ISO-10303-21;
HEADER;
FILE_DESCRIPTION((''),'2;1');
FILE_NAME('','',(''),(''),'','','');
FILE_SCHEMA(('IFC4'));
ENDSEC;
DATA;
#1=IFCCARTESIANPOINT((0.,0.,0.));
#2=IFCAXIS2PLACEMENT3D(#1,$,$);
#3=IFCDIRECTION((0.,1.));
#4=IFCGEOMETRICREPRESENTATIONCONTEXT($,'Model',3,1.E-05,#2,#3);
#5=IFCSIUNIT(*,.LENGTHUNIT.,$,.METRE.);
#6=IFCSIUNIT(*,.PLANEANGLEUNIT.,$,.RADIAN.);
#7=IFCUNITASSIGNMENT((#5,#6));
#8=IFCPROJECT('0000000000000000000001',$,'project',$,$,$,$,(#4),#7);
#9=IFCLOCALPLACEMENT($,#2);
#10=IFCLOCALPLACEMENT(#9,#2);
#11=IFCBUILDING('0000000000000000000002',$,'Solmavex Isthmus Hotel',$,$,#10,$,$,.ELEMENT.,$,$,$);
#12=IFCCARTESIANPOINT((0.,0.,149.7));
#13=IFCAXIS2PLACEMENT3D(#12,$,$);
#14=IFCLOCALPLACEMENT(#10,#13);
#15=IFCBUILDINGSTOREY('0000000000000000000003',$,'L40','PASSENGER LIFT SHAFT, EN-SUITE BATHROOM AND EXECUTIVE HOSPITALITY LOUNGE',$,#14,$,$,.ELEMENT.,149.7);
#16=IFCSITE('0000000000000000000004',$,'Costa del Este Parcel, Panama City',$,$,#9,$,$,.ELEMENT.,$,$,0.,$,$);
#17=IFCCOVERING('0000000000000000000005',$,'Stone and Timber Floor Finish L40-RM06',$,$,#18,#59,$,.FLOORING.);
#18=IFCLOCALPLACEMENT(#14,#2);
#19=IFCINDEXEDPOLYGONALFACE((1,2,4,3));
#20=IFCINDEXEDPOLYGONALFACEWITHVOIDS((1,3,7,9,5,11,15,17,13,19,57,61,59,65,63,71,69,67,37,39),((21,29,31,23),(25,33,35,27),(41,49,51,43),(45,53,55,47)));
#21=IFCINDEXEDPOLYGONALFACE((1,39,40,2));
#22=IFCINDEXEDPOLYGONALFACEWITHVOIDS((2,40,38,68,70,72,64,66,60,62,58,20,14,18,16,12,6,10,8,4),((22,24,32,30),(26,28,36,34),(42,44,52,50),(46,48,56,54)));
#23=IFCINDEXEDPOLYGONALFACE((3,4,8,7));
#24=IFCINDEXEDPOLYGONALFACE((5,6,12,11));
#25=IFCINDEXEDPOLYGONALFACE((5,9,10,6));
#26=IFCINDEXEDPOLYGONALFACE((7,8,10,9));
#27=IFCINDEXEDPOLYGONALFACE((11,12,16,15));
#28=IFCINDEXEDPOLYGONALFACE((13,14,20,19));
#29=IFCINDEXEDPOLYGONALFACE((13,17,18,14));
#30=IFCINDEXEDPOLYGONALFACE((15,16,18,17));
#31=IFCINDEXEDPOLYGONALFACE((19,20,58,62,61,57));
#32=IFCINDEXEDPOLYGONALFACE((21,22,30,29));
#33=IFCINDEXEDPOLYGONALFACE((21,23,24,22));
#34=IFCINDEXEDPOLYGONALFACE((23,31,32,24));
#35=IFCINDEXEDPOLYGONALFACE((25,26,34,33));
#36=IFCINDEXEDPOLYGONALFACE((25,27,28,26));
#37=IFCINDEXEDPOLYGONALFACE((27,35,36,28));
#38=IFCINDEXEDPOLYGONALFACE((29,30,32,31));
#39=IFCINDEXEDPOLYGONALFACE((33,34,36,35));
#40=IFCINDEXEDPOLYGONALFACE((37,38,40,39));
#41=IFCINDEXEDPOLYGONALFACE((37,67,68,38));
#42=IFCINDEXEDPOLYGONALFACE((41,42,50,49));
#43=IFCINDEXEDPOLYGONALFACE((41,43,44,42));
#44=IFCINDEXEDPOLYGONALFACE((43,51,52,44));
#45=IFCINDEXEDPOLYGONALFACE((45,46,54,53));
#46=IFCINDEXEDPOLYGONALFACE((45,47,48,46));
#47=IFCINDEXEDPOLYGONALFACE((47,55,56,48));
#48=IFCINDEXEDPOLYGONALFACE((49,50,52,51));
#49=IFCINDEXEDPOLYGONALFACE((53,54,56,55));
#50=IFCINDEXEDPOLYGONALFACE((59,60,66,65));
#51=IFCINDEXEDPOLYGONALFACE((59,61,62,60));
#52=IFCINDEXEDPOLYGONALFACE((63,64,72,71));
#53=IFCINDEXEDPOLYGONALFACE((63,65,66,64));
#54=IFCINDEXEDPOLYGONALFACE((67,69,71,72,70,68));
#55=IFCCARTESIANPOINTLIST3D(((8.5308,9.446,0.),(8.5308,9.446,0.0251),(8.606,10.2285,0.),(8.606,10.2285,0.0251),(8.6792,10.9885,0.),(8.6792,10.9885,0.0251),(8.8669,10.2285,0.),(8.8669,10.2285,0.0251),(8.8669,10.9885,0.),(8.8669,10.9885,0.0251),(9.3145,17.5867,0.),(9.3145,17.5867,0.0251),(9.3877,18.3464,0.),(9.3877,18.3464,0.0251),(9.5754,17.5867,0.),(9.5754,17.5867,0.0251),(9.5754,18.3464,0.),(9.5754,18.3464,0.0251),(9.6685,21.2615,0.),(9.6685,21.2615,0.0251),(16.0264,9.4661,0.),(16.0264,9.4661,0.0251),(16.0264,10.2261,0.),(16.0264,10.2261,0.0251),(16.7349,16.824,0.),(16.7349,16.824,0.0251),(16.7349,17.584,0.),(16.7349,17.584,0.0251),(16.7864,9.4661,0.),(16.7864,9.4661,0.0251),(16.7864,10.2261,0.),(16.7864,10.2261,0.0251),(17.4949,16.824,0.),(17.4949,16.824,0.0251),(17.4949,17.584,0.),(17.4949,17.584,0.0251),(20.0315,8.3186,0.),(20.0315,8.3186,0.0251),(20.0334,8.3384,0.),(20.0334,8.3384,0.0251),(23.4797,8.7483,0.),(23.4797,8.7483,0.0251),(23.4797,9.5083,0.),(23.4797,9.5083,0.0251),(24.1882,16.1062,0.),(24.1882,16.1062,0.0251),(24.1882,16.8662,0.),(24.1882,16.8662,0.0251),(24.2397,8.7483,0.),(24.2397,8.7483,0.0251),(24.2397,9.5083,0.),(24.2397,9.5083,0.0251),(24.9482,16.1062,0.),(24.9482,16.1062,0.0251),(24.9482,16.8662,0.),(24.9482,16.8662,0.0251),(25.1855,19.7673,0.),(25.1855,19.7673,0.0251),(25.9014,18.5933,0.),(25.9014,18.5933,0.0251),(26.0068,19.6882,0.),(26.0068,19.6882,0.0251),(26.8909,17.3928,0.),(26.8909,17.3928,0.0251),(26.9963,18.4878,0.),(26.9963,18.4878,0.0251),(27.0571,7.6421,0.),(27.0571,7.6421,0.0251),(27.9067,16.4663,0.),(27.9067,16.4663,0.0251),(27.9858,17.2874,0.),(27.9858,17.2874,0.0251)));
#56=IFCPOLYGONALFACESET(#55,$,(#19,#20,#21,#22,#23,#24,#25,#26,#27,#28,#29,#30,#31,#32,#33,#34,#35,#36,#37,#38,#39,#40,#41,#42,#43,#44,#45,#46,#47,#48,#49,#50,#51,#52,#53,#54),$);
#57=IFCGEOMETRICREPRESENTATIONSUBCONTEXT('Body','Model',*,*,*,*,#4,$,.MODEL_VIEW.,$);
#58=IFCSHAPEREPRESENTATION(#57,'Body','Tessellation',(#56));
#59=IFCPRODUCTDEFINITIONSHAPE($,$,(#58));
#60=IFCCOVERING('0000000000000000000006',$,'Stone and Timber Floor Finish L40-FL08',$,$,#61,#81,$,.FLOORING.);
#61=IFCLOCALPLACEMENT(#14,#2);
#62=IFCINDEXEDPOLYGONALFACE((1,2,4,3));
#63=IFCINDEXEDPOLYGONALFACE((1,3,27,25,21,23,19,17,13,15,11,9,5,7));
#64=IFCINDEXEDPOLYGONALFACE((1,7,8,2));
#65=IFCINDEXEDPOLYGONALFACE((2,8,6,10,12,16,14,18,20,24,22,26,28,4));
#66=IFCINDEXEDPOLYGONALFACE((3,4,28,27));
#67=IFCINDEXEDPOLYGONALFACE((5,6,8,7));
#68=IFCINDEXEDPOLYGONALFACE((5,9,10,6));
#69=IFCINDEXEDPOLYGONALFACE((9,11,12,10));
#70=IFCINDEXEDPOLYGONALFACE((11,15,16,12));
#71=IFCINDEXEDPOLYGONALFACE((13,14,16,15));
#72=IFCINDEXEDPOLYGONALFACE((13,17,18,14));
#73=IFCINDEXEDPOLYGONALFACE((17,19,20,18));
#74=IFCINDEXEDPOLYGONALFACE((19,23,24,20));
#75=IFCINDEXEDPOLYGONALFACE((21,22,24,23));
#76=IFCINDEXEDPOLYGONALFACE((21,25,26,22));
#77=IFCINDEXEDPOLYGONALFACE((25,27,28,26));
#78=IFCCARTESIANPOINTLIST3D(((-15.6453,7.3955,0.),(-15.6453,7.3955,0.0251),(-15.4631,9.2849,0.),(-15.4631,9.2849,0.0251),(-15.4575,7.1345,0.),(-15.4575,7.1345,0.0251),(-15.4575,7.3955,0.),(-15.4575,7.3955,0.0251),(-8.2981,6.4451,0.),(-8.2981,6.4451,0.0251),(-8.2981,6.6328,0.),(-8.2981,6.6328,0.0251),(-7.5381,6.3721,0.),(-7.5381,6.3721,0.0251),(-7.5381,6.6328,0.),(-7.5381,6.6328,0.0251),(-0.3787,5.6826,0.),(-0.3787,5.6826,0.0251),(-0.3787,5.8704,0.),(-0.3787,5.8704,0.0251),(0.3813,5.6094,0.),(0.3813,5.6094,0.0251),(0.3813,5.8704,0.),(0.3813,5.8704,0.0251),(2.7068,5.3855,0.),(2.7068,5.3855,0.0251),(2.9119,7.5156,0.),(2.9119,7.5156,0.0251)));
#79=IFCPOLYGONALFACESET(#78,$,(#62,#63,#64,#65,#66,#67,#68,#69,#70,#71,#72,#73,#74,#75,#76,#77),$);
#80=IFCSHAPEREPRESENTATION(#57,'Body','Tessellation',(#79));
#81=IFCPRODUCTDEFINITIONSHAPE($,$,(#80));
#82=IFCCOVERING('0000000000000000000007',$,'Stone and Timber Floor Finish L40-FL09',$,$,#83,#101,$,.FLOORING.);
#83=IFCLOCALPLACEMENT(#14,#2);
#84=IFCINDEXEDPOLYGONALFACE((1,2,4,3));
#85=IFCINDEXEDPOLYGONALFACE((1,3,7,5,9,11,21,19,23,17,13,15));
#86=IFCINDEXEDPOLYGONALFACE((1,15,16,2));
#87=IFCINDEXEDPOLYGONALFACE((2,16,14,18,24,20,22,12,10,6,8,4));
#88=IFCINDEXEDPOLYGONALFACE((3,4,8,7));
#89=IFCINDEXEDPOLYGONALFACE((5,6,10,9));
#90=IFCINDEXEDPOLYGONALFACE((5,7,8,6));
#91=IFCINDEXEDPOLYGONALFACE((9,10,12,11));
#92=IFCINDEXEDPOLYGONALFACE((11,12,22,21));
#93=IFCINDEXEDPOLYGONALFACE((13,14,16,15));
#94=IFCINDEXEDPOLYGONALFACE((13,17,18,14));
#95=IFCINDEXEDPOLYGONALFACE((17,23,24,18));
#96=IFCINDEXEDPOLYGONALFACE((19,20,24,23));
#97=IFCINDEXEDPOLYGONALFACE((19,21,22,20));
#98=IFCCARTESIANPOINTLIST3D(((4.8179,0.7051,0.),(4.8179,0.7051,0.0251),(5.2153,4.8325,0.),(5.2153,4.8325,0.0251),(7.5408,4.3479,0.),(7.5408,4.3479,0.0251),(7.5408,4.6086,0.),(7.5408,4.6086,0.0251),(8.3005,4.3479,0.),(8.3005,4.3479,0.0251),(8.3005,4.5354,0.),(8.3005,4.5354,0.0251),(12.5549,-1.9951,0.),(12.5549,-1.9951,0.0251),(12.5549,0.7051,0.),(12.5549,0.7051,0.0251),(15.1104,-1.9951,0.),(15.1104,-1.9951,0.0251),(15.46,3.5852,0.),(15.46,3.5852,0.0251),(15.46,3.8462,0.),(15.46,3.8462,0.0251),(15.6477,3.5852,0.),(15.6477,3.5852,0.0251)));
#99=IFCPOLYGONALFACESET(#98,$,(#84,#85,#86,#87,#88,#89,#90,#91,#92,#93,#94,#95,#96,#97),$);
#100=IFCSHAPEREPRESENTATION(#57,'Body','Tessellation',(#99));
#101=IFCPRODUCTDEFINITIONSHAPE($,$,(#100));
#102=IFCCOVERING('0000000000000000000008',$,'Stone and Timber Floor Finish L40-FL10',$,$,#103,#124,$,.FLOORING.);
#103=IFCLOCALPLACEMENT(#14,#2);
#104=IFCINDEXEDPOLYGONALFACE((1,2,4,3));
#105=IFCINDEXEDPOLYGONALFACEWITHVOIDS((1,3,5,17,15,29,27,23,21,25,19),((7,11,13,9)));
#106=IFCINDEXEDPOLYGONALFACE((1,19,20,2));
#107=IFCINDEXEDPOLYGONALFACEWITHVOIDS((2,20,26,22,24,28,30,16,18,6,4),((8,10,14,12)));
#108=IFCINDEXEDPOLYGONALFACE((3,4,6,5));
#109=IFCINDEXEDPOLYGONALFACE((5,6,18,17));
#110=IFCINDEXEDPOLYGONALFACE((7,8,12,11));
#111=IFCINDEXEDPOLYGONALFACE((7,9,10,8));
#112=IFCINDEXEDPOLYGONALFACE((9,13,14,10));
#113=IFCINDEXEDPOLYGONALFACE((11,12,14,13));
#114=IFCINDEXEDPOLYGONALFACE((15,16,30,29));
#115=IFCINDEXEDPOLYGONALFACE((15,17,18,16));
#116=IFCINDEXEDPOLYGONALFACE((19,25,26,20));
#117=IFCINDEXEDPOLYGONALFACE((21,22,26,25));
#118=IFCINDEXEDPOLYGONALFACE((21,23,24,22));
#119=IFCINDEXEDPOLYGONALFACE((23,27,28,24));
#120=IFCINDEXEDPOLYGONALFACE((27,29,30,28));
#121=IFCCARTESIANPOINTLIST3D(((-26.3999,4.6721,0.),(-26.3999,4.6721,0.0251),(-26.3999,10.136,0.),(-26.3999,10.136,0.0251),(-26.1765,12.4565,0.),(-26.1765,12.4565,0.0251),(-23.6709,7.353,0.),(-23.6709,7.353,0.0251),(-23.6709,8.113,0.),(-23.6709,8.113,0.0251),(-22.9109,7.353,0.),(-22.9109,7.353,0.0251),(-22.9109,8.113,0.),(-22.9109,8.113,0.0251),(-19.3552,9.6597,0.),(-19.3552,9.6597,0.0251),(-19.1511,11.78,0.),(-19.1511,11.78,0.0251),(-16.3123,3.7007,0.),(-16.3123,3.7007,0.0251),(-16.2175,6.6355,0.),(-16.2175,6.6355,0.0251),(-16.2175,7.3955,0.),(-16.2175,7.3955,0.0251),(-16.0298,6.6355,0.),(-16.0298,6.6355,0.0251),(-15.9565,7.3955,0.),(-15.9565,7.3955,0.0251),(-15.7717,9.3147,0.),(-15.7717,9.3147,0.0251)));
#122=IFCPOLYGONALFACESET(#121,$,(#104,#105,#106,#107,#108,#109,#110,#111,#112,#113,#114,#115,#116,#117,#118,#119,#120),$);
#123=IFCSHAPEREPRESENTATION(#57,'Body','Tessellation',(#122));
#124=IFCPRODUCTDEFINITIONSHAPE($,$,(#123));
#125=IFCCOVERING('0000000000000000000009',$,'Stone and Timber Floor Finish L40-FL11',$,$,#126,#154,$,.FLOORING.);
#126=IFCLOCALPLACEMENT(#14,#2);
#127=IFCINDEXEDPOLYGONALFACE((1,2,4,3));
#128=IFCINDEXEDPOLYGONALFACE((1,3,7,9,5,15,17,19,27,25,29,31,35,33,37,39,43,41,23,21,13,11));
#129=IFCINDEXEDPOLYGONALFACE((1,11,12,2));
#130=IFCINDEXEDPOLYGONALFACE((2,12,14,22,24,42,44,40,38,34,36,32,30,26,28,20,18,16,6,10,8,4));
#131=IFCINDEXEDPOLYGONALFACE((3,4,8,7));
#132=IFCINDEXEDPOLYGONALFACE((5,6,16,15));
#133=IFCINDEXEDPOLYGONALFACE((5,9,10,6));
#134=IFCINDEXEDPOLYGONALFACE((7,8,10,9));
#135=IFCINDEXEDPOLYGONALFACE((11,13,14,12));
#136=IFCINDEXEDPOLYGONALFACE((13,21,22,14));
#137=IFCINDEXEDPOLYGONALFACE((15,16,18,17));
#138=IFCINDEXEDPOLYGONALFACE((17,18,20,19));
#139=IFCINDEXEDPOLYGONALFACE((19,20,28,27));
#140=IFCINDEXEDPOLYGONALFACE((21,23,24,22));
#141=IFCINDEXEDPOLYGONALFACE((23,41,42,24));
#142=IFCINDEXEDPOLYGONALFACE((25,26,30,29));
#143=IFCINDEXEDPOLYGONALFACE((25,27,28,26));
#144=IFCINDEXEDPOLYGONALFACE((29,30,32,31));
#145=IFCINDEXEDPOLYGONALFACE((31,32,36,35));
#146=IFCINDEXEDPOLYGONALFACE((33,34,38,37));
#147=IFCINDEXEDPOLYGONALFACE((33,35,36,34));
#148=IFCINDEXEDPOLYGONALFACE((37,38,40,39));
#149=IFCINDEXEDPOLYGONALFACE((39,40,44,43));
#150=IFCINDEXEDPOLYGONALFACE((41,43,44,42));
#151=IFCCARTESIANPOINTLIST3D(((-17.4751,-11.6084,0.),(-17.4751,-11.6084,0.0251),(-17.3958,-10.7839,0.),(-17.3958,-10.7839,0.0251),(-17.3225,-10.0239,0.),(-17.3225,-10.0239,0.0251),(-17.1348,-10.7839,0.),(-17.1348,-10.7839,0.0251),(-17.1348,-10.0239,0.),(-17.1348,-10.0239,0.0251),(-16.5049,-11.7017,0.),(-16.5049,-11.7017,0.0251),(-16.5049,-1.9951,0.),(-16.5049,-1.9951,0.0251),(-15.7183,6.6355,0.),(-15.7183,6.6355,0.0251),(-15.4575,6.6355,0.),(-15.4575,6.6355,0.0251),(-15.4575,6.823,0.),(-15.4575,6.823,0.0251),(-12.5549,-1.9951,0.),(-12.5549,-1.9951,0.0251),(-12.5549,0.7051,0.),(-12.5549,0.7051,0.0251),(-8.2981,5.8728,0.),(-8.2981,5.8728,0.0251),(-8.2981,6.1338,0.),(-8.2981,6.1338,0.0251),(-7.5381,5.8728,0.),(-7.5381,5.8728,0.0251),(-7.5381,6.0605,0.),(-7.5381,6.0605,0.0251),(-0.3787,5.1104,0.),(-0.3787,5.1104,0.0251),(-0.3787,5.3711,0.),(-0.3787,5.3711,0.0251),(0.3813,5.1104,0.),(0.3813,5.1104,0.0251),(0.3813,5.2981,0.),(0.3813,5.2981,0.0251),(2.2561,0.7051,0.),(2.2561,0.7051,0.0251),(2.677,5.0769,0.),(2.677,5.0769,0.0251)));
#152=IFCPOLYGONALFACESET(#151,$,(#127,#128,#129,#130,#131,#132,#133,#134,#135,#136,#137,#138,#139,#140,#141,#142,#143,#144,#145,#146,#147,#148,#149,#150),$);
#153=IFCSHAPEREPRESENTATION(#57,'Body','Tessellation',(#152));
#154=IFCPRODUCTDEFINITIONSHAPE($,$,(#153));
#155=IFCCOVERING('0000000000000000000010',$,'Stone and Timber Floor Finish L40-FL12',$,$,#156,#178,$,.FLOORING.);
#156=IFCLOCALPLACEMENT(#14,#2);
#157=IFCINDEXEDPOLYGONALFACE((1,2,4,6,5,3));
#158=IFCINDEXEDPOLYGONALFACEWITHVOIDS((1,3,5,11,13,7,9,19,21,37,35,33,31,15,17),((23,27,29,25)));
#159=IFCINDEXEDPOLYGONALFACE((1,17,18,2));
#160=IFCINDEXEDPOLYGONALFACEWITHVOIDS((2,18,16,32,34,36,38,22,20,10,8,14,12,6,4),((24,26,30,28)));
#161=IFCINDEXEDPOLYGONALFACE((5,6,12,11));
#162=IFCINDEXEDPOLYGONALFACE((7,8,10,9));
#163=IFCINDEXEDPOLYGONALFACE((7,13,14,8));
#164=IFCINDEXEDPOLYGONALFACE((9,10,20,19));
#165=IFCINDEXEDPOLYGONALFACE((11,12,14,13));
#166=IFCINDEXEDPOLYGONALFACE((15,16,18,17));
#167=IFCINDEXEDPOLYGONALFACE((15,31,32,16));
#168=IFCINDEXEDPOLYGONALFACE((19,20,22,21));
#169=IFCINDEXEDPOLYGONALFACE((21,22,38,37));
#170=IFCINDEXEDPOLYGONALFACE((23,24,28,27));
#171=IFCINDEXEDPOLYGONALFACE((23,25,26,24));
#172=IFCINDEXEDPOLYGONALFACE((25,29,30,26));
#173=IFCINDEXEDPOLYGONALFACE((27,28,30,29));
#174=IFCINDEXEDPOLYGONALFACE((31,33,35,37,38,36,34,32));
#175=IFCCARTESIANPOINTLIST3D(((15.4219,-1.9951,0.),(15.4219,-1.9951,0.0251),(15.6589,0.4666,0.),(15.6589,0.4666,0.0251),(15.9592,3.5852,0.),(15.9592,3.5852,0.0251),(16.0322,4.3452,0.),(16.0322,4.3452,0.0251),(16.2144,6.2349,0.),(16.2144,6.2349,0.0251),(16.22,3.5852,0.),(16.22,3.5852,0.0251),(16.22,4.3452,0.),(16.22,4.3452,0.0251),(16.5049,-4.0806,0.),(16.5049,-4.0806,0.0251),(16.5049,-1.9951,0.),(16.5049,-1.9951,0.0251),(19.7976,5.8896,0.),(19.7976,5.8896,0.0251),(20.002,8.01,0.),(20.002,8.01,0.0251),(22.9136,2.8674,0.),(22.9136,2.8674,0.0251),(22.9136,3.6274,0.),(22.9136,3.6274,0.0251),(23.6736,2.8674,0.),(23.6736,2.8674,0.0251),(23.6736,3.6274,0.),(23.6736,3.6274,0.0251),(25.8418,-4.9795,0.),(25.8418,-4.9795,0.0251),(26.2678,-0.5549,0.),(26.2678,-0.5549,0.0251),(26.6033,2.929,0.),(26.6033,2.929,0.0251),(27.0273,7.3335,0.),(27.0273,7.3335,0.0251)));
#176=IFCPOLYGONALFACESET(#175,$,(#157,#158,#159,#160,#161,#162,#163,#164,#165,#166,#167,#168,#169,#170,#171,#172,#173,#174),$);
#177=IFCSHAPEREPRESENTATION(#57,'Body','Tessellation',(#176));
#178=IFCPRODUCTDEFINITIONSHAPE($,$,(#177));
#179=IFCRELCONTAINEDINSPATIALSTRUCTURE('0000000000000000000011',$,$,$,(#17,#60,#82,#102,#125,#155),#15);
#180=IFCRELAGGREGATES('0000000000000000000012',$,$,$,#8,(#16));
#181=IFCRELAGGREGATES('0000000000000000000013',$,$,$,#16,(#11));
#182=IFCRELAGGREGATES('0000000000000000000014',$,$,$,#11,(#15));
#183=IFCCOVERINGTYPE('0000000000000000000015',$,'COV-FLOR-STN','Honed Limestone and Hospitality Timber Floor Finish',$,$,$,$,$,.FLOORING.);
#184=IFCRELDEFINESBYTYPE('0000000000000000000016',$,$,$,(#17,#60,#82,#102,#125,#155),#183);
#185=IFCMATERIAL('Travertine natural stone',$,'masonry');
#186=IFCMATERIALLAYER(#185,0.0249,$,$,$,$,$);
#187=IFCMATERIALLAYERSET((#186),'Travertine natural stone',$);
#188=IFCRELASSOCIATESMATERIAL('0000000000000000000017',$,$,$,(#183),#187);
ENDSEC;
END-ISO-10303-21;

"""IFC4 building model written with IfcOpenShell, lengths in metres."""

from ifc_helpers import new_model, si_unit, direction, frame, origin, place, context, subcontext, project, spatial, polyline, outline, extrude, material, layer, layer_set, type_object, element, save


model = new_model("IFC4")

# Units and contexts
model_context = context("Model", 3, precision=1e-05, world=origin(), true_north=direction((0.0, 1.0)))
body_context = subcontext(model_context, "Body", "Model", "MODEL_VIEW")
ifc_project = project(units=[si_unit("LENGTHUNIT", "METRE"), si_unit("PLANEANGLEUNIT", "RADIAN")], contexts=[model_context])

# Site, building, storey
site_placement = place(None, origin())
site = spatial("IfcSite", under=ifc_project, at=site_placement, Name="Costa del Este Parcel, Panama City", CompositionType="ELEMENT", RefElevation=0.0)
building_placement = place(site_placement, origin())
building = spatial("IfcBuilding", under=site, at=building_placement, Name="Solmavex Isthmus Hotel", CompositionType="ELEMENT")
storey_placement = place(building_placement, frame((0.0, 0.0, 149.7)))
storey = spatial("IfcBuildingStorey", under=building, at=storey_placement, Name="L40", Description="PASSENGER LIFT SHAFT, EN-SUITE BATHROOM AND EXECUTIVE HOSPITALITY LOUNGE", CompositionType="ELEMENT", Elevation=149.7)

# Coverings
ifc_material_1 = material(Name="Travertine natural stone", Category="masonry")
ifc_layer_1 = layer(ifc_material_1, 0.0249)
ifc_layer_set_1 = layer_set([ifc_layer_1], Name="Travertine natural stone")
covering_type_1 = type_object("IfcCoveringType", Name="COV-FLOR-STN", Description="Honed Limestone and Hospitality Timber Floor Finish", PredefinedType="FLOORING", material=ifc_layer_set_1)
covering_1_placement = place(storey_placement, origin())
element("IfcCovering", 1, at=covering_1_placement, inside=storey, type_object=covering_type_1, Name="Stone and Timber Floor Finish L40-RM06", PredefinedType="FLOORING", context=body_context, shape_type="SweptSolid", body=[
    extrude(outline(polyline([(8.6792, 10.9885), (8.8669, 10.9885), (8.8669, 10.2285), (8.606, 10.2285), (8.5308, 9.446), (20.0334, 8.3384), (20.0315, 8.3186), (27.0571, 7.6421), (27.9067, 16.4663), (27.9858, 17.2874), (26.8909, 17.3928), (26.9963, 18.4878), (25.9014, 18.5933), (26.0068, 19.6882), (25.1855, 19.7673), (9.6685, 21.2615), (9.3877, 18.3464), (9.5754, 18.3464), (9.5754, 17.5867), (9.3145, 17.5867), (8.6792, 10.9885)]), holes=[polyline([(24.1882, 16.1062), (24.1882, 16.8662), (24.9482, 16.8662), (24.9482, 16.1062), (24.1882, 16.1062)]), polyline([(23.4797, 8.7483), (23.4797, 9.5083), (24.2397, 9.5083), (24.2397, 8.7483), (23.4797, 8.7483)]), polyline([(16.7349, 16.824), (16.7349, 17.584), (17.4949, 17.584), (17.4949, 16.824), (16.7349, 16.824)]), polyline([(16.0264, 9.4661), (16.0264, 10.2261), (16.7864, 10.2261), (16.7864, 9.4661), (16.0264, 9.4661)])]), origin(), (0.0, 0.0, 1.0), 0.0251),
])
covering_2_placement = place(storey_placement, origin())
element("IfcCovering", 2, at=covering_2_placement, inside=storey, type_object=covering_type_1, Name="Stone and Timber Floor Finish L40-FL08", PredefinedType="FLOORING", context=body_context, shape_type="SweptSolid", body=[
    extrude(outline(polyline([(-0.3787, 5.6826), (-0.3787, 5.8704), (0.3813, 5.8704), (0.3813, 5.6094), (2.7068, 5.3855), (2.9119, 7.5156), (-15.4631, 9.2849), (-15.6453, 7.3955), (-15.4575, 7.3955), (-15.4575, 7.1345), (-8.2981, 6.4451), (-8.2981, 6.6328), (-7.5381, 6.6328), (-7.5381, 6.3721), (-0.3787, 5.6826)])), origin(), (0.0, 0.0, 1.0), 0.0251),
])
covering_3_placement = place(storey_placement, origin())
element("IfcCovering", 3, at=covering_3_placement, inside=storey, type_object=covering_type_1, Name="Stone and Timber Floor Finish L40-FL09", PredefinedType="FLOORING", context=body_context, shape_type="SweptSolid", body=[
    extrude(outline(polyline([(8.3005, 4.5354), (8.3005, 4.3479), (7.5408, 4.3479), (7.5408, 4.6086), (5.2153, 4.8325), (4.8179, 0.7051), (12.5549, 0.7051), (12.5549, -1.9951), (15.1104, -1.9951), (15.6477, 3.5852), (15.46, 3.5852), (15.46, 3.8462), (8.3005, 4.5354)])), origin(), (0.0, 0.0, 1.0), 0.0251),
])
covering_4_placement = place(storey_placement, origin())
element("IfcCovering", 4, at=covering_4_placement, inside=storey, type_object=covering_type_1, Name="Stone and Timber Floor Finish L40-FL10", PredefinedType="FLOORING", context=body_context, shape_type="SweptSolid", body=[
    extrude(outline(polyline([(-16.0298, 6.6355), (-16.2175, 6.6355), (-16.2175, 7.3955), (-15.9565, 7.3955), (-15.7717, 9.3147), (-19.3552, 9.6597), (-19.1511, 11.78), (-26.1765, 12.4565), (-26.3999, 10.136), (-26.3999, 4.6721), (-16.3123, 3.7007), (-16.0298, 6.6355)]), holes=[polyline([(-23.6709, 7.353), (-23.6709, 8.113), (-22.9109, 8.113), (-22.9109, 7.353), (-23.6709, 7.353)])]), origin(), (0.0, 0.0, 1.0), 0.0251),
])
covering_5_placement = place(storey_placement, origin())
element("IfcCovering", 5, at=covering_5_placement, inside=storey, type_object=covering_type_1, Name="Stone and Timber Floor Finish L40-FL11", PredefinedType="FLOORING", context=body_context, shape_type="SweptSolid", body=[
    extrude(outline(polyline([(-17.3225, -10.0239), (-17.1348, -10.0239), (-17.1348, -10.7839), (-17.3958, -10.7839), (-17.4751, -11.6084), (-16.5049, -11.7017), (-16.5049, -1.9951), (-12.5549, -1.9951), (-12.5549, 0.7051), (2.2561, 0.7051), (2.677, 5.0769), (0.3813, 5.2981), (0.3813, 5.1104), (-0.3787, 5.1104), (-0.3787, 5.3711), (-7.5381, 6.0605), (-7.5381, 5.8728), (-8.2981, 5.8728), (-8.2981, 6.1338), (-15.4575, 6.823), (-15.4575, 6.6355), (-15.7183, 6.6355), (-17.3225, -10.0239)])), origin(), (0.0, 0.0, 1.0), 0.0251),
])
covering_6_placement = place(storey_placement, origin())
element("IfcCovering", 6, at=covering_6_placement, inside=storey, type_object=covering_type_1, Name="Stone and Timber Floor Finish L40-FL12", PredefinedType="FLOORING", context=body_context, shape_type="SweptSolid", body=[
    extrude(outline(polyline([(16.0322, 4.3452), (16.22, 4.3452), (16.22, 3.5852), (15.9592, 3.5852), (15.6589, 0.4666), (15.4219, -1.9951), (16.5049, -1.9951), (16.5049, -4.0806), (25.8418, -4.9795), (26.2678, -0.5549), (26.6033, 2.929), (27.0273, 7.3335), (20.002, 8.01), (19.7976, 5.8896), (16.2144, 6.2349), (16.0322, 4.3452)]), holes=[polyline([(22.9136, 2.8674), (22.9136, 3.6274), (23.6736, 3.6274), (23.6736, 2.8674), (22.9136, 2.8674)])]), origin(), (0.0, 0.0, 1.0), 0.0251),
])

save(model, "model.ifc")
